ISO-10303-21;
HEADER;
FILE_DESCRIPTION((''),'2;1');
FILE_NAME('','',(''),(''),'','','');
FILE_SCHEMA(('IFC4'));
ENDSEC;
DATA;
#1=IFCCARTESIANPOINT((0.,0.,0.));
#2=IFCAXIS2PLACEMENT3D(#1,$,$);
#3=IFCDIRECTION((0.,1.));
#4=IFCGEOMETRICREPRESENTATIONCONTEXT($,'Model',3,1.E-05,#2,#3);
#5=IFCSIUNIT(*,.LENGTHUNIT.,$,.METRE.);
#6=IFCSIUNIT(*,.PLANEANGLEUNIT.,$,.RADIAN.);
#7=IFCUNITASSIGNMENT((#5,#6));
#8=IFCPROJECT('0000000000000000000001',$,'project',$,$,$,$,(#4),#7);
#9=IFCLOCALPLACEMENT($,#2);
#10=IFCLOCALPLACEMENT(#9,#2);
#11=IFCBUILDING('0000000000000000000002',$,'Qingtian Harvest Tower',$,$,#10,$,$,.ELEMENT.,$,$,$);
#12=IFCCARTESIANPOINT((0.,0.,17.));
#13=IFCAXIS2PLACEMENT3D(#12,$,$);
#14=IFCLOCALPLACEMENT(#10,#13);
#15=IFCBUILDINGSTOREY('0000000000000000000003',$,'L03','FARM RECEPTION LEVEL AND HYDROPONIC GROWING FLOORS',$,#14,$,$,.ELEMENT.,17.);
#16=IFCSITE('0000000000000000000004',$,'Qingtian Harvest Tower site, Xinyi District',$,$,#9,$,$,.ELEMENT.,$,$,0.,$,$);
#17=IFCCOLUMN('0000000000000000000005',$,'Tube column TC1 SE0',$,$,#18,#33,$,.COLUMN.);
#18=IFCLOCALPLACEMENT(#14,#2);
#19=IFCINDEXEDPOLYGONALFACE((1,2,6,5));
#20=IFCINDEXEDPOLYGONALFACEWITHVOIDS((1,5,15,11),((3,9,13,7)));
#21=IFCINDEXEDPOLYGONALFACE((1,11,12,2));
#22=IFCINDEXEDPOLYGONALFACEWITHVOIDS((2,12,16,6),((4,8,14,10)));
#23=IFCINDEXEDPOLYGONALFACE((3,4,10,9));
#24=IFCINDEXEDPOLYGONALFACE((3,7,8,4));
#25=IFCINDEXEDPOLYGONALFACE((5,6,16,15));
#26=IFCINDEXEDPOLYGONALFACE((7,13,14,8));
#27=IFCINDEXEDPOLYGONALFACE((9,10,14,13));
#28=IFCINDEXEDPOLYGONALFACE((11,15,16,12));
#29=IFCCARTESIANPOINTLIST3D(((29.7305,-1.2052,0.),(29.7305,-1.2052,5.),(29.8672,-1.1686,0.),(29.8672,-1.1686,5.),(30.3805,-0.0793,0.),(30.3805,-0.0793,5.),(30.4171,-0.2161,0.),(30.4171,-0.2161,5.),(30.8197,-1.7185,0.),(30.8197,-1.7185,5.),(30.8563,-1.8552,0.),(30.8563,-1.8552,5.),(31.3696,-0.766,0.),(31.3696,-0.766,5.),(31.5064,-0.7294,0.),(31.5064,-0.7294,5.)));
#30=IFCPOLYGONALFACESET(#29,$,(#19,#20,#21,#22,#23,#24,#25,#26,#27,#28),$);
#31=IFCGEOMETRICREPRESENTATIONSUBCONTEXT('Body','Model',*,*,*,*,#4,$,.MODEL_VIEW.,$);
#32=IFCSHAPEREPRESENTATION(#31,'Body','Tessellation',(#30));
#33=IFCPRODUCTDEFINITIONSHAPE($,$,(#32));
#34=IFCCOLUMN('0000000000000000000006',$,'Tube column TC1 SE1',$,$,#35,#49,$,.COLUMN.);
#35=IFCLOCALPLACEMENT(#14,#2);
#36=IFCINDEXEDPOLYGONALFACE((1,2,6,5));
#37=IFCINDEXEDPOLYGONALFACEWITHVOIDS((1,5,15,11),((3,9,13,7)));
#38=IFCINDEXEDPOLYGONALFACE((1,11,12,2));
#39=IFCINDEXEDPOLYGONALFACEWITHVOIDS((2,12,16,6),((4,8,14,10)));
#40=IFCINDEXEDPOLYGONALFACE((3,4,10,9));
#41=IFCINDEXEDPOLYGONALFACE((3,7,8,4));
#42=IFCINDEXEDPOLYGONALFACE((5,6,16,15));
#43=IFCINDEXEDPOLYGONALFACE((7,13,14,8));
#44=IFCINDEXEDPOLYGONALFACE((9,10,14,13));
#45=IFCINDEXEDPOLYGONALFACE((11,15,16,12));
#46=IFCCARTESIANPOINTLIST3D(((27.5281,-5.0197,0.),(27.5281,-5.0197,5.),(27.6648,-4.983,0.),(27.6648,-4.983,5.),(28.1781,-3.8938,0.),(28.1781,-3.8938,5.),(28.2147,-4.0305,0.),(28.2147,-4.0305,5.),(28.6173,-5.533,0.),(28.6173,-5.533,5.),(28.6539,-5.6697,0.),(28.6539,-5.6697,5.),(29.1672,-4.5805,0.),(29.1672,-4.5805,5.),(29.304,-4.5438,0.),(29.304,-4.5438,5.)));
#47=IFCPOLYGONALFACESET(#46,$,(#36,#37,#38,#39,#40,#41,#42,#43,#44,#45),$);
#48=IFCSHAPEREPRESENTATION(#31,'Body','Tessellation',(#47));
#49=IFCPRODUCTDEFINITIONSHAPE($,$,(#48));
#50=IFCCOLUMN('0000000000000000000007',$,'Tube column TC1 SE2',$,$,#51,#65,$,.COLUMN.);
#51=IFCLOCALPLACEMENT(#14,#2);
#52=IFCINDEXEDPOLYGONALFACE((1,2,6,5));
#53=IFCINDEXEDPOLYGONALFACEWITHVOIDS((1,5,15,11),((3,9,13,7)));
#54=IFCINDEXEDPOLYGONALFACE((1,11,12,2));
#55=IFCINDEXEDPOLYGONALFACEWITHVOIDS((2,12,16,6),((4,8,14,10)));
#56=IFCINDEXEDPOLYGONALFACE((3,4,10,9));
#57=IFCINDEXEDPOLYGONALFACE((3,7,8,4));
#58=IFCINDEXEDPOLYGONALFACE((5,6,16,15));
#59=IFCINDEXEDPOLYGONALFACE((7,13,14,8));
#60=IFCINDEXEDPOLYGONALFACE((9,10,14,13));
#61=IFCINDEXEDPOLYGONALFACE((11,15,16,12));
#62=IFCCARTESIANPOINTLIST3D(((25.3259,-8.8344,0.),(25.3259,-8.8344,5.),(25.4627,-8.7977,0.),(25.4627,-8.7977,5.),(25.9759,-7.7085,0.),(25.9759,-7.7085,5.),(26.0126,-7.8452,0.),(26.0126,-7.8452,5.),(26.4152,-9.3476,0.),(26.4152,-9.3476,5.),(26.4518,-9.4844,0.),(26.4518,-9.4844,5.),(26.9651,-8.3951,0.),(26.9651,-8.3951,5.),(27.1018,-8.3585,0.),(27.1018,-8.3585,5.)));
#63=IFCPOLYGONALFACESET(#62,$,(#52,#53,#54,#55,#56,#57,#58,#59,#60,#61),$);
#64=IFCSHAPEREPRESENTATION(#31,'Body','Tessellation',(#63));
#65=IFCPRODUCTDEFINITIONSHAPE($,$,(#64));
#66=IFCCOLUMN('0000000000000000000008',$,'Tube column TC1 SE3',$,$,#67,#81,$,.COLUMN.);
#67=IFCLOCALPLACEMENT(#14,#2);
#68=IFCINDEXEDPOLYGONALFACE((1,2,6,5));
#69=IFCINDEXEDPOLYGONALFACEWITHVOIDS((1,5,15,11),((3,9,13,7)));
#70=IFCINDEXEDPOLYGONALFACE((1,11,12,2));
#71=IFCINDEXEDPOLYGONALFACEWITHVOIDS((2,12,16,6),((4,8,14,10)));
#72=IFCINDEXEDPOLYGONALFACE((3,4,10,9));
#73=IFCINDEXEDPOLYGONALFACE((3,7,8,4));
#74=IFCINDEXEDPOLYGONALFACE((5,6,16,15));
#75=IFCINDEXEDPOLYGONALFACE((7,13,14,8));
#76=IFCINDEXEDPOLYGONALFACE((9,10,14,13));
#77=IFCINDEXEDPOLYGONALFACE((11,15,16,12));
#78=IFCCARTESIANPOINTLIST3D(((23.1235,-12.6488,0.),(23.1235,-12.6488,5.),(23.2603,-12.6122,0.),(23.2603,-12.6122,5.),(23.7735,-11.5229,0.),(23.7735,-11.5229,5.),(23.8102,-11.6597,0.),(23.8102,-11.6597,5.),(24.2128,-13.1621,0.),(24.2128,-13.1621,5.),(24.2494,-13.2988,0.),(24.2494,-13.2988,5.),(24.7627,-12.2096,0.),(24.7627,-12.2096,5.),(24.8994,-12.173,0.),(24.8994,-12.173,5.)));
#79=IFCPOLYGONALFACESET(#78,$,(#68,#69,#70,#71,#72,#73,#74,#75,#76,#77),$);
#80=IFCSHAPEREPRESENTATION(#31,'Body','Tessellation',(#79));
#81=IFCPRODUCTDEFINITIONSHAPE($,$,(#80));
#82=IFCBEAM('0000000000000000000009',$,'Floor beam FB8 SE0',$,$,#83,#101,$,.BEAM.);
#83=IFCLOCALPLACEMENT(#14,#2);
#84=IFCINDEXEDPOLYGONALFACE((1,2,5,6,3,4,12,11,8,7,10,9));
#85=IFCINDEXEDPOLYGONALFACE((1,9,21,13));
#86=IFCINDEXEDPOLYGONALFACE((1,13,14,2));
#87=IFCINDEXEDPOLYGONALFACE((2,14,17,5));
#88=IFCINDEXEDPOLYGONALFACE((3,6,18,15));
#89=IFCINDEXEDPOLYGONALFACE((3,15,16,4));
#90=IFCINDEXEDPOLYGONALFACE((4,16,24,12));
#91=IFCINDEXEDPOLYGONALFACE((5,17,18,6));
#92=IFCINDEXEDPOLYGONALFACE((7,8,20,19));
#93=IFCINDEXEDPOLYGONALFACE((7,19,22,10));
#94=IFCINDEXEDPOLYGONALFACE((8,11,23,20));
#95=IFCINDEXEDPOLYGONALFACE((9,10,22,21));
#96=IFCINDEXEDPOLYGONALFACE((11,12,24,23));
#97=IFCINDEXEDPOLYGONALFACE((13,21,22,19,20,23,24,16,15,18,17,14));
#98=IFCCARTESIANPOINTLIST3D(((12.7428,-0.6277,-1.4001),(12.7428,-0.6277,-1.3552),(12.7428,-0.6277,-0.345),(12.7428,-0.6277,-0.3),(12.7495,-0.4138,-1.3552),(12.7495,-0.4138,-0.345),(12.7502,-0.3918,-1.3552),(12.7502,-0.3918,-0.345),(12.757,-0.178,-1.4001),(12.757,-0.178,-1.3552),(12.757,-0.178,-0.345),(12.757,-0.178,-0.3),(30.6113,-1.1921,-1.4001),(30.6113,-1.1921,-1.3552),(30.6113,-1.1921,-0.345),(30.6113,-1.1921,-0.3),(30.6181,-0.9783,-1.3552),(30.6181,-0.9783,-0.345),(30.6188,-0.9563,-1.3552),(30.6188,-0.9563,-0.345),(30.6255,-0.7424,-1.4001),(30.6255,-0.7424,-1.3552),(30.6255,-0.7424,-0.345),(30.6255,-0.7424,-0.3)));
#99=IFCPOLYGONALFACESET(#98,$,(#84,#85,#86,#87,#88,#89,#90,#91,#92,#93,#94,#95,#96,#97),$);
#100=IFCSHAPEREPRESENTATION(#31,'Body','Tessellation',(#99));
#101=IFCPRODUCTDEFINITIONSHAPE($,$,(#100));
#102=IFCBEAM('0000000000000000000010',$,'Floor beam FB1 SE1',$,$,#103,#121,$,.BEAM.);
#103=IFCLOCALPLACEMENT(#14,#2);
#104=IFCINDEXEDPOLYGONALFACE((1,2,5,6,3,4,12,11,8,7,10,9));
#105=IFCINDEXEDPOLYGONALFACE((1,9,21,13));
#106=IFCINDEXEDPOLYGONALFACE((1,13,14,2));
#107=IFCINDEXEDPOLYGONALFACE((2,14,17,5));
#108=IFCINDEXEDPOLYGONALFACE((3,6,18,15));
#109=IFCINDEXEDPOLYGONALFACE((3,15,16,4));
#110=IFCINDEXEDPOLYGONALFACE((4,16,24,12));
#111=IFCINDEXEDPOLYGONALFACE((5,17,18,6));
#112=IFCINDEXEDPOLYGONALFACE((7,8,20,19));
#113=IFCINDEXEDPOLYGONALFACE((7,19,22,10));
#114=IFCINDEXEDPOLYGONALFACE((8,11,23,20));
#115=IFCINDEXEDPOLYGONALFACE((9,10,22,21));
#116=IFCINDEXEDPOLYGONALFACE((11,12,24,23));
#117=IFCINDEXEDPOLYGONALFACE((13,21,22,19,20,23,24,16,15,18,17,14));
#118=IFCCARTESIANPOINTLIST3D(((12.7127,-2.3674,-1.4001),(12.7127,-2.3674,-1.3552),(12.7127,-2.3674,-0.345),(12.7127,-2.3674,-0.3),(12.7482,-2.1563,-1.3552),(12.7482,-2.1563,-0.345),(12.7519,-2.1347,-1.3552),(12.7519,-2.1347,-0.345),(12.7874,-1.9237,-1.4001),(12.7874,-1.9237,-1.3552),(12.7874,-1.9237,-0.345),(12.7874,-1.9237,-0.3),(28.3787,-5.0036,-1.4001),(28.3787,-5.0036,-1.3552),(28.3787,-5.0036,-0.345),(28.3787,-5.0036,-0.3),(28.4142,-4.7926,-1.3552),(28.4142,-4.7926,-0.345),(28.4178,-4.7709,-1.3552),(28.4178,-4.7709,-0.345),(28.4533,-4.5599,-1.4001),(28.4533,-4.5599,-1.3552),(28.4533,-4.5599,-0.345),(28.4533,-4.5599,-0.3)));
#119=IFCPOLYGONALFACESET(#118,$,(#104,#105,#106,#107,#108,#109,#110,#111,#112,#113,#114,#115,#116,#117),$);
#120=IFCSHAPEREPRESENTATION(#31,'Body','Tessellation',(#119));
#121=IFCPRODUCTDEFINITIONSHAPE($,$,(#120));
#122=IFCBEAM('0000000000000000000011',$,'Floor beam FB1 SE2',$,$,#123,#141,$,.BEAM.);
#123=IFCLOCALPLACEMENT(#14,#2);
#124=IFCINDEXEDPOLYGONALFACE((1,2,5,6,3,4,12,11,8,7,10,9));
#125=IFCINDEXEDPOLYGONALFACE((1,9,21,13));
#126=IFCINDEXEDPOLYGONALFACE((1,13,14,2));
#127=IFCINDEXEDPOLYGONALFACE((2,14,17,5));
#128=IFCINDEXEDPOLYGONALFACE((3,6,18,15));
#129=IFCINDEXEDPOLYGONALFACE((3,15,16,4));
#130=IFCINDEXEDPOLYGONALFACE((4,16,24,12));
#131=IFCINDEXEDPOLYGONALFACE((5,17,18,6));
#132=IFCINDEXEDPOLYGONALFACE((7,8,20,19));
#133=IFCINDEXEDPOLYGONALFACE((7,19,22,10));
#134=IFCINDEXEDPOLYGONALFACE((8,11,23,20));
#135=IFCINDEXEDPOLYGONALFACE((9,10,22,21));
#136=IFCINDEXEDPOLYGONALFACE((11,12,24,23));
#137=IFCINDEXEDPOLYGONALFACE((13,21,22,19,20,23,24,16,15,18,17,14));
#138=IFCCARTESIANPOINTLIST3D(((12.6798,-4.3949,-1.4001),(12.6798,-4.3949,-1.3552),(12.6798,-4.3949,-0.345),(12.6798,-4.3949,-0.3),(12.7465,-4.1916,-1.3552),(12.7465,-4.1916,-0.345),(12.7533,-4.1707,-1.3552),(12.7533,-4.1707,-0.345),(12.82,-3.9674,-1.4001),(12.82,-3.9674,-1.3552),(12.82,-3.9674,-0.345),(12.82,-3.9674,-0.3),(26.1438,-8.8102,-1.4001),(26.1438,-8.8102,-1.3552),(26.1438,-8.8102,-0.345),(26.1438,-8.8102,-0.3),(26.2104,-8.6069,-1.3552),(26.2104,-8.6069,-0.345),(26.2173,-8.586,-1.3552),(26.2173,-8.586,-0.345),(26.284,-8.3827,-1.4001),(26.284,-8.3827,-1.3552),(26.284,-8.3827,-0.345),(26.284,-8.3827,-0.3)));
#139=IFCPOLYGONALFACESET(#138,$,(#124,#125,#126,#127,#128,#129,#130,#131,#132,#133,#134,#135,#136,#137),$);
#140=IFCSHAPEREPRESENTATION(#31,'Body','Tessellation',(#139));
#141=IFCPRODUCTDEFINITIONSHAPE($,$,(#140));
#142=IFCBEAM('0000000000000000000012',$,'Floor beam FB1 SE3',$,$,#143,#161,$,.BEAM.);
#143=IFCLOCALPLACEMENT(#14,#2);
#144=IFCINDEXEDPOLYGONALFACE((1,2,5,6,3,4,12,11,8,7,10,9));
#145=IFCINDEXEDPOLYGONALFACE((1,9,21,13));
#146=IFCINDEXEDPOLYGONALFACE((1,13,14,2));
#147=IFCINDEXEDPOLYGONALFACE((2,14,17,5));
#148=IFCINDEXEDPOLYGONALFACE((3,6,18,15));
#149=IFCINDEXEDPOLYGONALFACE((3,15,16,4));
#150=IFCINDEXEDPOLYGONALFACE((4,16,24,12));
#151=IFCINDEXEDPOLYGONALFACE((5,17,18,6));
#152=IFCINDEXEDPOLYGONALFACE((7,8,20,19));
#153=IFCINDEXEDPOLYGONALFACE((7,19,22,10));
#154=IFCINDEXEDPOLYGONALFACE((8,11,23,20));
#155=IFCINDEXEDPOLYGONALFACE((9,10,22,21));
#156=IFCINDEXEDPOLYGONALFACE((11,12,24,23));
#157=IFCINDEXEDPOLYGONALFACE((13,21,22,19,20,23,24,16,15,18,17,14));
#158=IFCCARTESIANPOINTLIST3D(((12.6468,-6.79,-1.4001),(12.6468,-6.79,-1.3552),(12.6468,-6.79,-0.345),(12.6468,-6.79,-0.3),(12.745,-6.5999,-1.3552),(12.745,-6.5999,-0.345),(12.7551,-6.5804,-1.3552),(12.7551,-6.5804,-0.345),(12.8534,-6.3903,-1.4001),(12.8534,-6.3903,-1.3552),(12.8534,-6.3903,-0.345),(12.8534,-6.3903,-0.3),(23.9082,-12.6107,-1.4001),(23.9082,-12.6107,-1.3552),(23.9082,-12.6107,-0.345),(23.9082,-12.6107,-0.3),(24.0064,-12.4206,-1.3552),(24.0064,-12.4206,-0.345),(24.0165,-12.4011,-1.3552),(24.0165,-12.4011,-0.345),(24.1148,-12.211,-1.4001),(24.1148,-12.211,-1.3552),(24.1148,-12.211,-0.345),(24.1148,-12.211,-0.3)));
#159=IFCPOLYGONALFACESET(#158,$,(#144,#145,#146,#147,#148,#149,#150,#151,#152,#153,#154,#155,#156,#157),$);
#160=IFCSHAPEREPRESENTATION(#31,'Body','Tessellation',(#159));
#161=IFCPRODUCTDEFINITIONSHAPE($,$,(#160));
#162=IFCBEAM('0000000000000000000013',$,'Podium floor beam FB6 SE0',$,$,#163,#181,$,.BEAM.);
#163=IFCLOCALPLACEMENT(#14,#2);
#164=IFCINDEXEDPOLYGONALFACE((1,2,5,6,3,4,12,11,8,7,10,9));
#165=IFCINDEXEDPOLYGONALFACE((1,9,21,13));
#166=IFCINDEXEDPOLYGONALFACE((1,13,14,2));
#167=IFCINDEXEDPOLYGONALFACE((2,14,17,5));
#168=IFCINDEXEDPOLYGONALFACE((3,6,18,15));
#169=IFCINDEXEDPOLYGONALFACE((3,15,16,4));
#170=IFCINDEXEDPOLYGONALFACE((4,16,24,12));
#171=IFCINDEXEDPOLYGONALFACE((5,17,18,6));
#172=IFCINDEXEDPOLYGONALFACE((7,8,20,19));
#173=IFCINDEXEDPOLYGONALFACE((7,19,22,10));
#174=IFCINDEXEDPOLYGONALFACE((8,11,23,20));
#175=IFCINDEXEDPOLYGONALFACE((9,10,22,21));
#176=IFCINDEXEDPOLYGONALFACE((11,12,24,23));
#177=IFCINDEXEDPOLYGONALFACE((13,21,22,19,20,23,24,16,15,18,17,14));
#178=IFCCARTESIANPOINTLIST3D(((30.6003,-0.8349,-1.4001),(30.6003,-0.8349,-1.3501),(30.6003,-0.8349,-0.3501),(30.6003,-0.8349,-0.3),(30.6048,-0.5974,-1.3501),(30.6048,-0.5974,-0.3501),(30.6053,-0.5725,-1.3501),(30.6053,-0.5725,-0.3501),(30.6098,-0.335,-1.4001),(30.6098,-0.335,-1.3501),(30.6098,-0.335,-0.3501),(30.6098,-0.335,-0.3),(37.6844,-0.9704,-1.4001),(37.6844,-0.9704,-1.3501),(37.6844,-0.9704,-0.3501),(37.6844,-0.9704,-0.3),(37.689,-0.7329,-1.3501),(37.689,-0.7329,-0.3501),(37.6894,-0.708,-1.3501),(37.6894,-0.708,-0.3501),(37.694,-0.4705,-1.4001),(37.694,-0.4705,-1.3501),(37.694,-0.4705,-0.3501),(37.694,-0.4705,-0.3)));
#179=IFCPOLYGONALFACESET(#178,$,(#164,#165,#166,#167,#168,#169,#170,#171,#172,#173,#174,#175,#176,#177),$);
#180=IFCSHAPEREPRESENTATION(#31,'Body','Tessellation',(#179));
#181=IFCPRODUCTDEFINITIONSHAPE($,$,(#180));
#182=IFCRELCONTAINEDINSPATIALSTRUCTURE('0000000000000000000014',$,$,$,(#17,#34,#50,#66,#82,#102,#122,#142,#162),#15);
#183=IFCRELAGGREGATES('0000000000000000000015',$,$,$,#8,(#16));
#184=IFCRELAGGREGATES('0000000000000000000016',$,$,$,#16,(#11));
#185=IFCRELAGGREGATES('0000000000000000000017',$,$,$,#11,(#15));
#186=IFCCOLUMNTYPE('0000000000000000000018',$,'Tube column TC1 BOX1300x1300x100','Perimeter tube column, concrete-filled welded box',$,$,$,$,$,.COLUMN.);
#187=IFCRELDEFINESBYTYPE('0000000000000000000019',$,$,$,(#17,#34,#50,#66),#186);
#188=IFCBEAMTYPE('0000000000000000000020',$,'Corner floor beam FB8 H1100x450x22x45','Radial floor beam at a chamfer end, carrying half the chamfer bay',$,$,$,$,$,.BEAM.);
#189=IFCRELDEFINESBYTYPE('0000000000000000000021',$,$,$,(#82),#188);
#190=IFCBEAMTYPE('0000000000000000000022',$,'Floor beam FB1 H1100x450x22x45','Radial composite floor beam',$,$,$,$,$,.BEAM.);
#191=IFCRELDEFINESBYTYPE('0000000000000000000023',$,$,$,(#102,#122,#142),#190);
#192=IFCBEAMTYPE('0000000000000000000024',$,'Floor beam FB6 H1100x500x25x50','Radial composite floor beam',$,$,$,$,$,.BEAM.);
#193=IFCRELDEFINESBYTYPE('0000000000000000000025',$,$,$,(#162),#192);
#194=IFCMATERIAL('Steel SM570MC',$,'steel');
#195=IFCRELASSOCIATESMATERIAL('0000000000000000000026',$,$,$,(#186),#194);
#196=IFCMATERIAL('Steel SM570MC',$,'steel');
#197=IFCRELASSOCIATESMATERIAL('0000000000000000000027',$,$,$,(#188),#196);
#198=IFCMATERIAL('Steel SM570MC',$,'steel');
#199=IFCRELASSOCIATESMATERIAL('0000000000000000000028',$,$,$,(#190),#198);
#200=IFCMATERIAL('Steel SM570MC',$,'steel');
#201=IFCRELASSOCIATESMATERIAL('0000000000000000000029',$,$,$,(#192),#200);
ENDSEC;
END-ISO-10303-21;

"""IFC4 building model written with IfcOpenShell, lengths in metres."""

from ifc_helpers import new_model, si_unit, direction, frame, origin, origin_2d, place, context, subcontext, project, spatial, hollow_rectangle, i_section, extrude, material, material_profile, profile_set, type_object, element, save


model = new_model("IFC4")

# Units and contexts
model_context = context("Model", 3, precision=1e-05, world=origin(), true_north=direction((0.0, 1.0)))
body_context = subcontext(model_context, "Body", "Model", "MODEL_VIEW")
ifc_project = project(units=[si_unit("LENGTHUNIT", "METRE"), si_unit("PLANEANGLEUNIT", "RADIAN")], contexts=[model_context])

# Site, building, storey
site_placement = place(None, origin())
site = spatial("IfcSite", under=ifc_project, at=site_placement, Name="Qingtian Harvest Tower site, Xinyi District", CompositionType="ELEMENT", RefElevation=0.0)
building_placement = place(site_placement, origin())
building = spatial("IfcBuilding", under=site, at=building_placement, Name="Qingtian Harvest Tower", CompositionType="ELEMENT")
storey_placement = place(building_placement, frame((0.0, 0.0, 17.0)))
storey = spatial("IfcBuildingStorey", under=building, at=storey_placement, Name="L03", Description="FARM RECEPTION LEVEL AND HYDROPONIC GROWING FLOORS", CompositionType="ELEMENT", Elevation=17.0)

# Columns
ifc_material_1 = material(Name="Steel SM570MC", Category="steel")
ifc_material_profile_1 = material_profile(ifc_material_1, hollow_rectangle(XDim=1.3, YDim=1.3, WallThickness=0.1001, at=origin_2d()), Name="BOX1300x1300x100")
ifc_profile_set_1 = profile_set([ifc_material_profile_1], Name="Steel SM570MC")
column_type = type_object("IfcColumnType", Name="Tube column TC1 BOX1300x1300x100", Description="Perimeter tube column, concrete-filled welded box", PredefinedType="COLUMN", material=ifc_profile_set_1)
for number, where, z_axis, x_axis, name in (
    (1, (30.6184, -0.9673, 0.0), (0.0, 0.0, 1.0), (0.5, 0.866025, 0.0), "Tube column TC1 SE0"),
    (2, (28.416, -4.7817, 0.0), (0.0, 0.0, 1.0), (0.5, 0.866025, 0.0), "Tube column TC1 SE1"),
    (3, (26.2139, -8.5964, 0.0), (0.0, 0.0, 1.0), (0.5, 0.866025, 0.0), "Tube column TC1 SE2"),
    (4, (24.0115, -12.4109, 0.0), (0.0, 0.0, 1.0), (0.5, 0.866025, 0.0), "Tube column TC1 SE3"),
):
    element("IfcColumn", number, at=place(storey_placement, frame(where, z_axis=z_axis, x_axis=x_axis)), inside=storey, type_object=column_type, Name=name, PredefinedType="COLUMN", context=body_context, shape_type="SweptSolid", body=[
        extrude(hollow_rectangle(XDim=1.3, YDim=1.3, WallThickness=0.1001, at=origin_2d()), origin(), (0.0, 0.0, 1.0), 5.0),
    ])

# Beams
ifc_material_2 = material(Name="Steel SM570MC", Category="steel")
ifc_material_profile_2 = material_profile(ifc_material_2, i_section(OverallWidth=0.45, OverallDepth=1.1001, WebThickness=0.022, FlangeThickness=0.0449, at=origin_2d()), Name="H1100x450x22x45")
ifc_profile_set_2 = profile_set([ifc_material_profile_2], Name="Steel SM570MC")
beam_type_1 = type_object("IfcBeamType", Name="Corner floor beam FB8 H1100x450x22x45", Description="Radial floor beam at a chamfer end, carrying half the chamfer bay", PredefinedType="BEAM", material=ifc_profile_set_2)
beam_1_placement = place(storey_placement, frame((30.6184, -0.9673, -0.8501), z_axis=(-0.999501, 0.031574, 0.0), x_axis=(-0.031574, -0.999501, 0.0)))
element("IfcBeam", 5, at=beam_1_placement, inside=storey, type_object=beam_type_1, Name="Floor beam FB8 SE0", PredefinedType="BEAM", context=body_context, shape_type="SweptSolid", body=[
    extrude(i_section(OverallWidth=0.45, OverallDepth=1.1001, WebThickness=0.022, FlangeThickness=0.0449, at=origin_2d()), origin(), (0.0, 0.0, 1.0), 17.8774),
])
ifc_material_3 = material(Name="Steel SM570MC", Category="steel")
ifc_material_profile_3 = material_profile(ifc_material_3, i_section(OverallWidth=0.45, OverallDepth=1.1001, WebThickness=0.022, FlangeThickness=0.0449, at=origin_2d()), Name="H1100x450x22x45")
ifc_profile_set_3 = profile_set([ifc_material_profile_3], Name="Steel SM570MC")
beam_type_2 = type_object("IfcBeamType", Name="Floor beam FB1 H1100x450x22x45", Description="Radial composite floor beam", PredefinedType="BEAM", material=ifc_profile_set_3)
beam_2_placement = place(storey_placement, frame((28.416, -4.7817, -0.8501), z_axis=(-0.986135, 0.165944, 0.0), x_axis=(-0.165944, -0.986135, 0.0)))
element("IfcBeam", 6, at=beam_2_placement, inside=storey, type_object=beam_type_2, Name="Floor beam FB1 SE1", PredefinedType="BEAM", context=body_context, shape_type="SweptSolid", body=[
    extrude(i_section(OverallWidth=0.45, OverallDepth=1.1001, WebThickness=0.022, FlangeThickness=0.0449, at=origin_2d()), origin(), (0.0, 0.0, 1.0), 15.8862),
])
beam_3_placement = place(storey_placement, frame((26.2139, -8.5964, -0.8501), z_axis=(-0.950211, 0.311608, 0.0), x_axis=(-0.311608, -0.950211, 0.0)))
element("IfcBeam", 7, at=beam_3_placement, inside=storey, type_object=beam_type_2, Name="Floor beam FB1 SE2", PredefinedType="BEAM", context=body_context, shape_type="SweptSolid", body=[
    extrude(i_section(OverallWidth=0.45, OverallDepth=1.1001, WebThickness=0.022, FlangeThickness=0.0449, at=origin_2d()), origin(), (0.0, 0.0, 1.0), 14.1694),
])
beam_4_placement = place(storey_placement, frame((24.0115, -12.4109, -0.8501), z_axis=(-0.88835, 0.459168, 0.0), x_axis=(-0.459168, -0.88835, 0.0)))
element("IfcBeam", 8, at=beam_4_placement, inside=storey, type_object=beam_type_2, Name="Floor beam FB1 SE3", PredefinedType="BEAM", context=body_context, shape_type="SweptSolid", body=[
    extrude(i_section(OverallWidth=0.45, OverallDepth=1.1001, WebThickness=0.022, FlangeThickness=0.0449, at=origin_2d()), origin(), (0.0, 0.0, 1.0), 12.6768),
])
ifc_material_4 = material(Name="Steel SM570MC", Category="steel")
ifc_material_profile_4 = material_profile(ifc_material_4, i_section(OverallWidth=0.5, OverallDepth=1.1001, WebThickness=0.0249, FlangeThickness=0.05, at=origin_2d()), Name="H1100x500x25x50")
ifc_profile_set_4 = profile_set([ifc_material_profile_4], Name="Steel SM570MC")
beam_type_3 = type_object("IfcBeamType", Name="Floor beam FB6 H1100x500x25x50", Description="Radial composite floor beam", PredefinedType="BEAM", material=ifc_profile_set_4)
beam_5_placement = place(storey_placement, frame((37.6892, -0.7205, -0.8501), z_axis=(-0.999817, 0.019123, 0.0), x_axis=(-0.019123, -0.999817, 0.0)))
element("IfcBeam", 9, at=beam_5_placement, inside=storey, type_object=beam_type_3, Name="Podium floor beam FB6 SE0", PredefinedType="BEAM", context=body_context, shape_type="SweptSolid", body=[
    extrude(i_section(OverallWidth=0.5, OverallDepth=1.1001, WebThickness=0.0249, FlangeThickness=0.05, at=origin_2d()), origin(), (0.0, 0.0, 1.0), 7.0854),
])

save(model, "model.ifc")
